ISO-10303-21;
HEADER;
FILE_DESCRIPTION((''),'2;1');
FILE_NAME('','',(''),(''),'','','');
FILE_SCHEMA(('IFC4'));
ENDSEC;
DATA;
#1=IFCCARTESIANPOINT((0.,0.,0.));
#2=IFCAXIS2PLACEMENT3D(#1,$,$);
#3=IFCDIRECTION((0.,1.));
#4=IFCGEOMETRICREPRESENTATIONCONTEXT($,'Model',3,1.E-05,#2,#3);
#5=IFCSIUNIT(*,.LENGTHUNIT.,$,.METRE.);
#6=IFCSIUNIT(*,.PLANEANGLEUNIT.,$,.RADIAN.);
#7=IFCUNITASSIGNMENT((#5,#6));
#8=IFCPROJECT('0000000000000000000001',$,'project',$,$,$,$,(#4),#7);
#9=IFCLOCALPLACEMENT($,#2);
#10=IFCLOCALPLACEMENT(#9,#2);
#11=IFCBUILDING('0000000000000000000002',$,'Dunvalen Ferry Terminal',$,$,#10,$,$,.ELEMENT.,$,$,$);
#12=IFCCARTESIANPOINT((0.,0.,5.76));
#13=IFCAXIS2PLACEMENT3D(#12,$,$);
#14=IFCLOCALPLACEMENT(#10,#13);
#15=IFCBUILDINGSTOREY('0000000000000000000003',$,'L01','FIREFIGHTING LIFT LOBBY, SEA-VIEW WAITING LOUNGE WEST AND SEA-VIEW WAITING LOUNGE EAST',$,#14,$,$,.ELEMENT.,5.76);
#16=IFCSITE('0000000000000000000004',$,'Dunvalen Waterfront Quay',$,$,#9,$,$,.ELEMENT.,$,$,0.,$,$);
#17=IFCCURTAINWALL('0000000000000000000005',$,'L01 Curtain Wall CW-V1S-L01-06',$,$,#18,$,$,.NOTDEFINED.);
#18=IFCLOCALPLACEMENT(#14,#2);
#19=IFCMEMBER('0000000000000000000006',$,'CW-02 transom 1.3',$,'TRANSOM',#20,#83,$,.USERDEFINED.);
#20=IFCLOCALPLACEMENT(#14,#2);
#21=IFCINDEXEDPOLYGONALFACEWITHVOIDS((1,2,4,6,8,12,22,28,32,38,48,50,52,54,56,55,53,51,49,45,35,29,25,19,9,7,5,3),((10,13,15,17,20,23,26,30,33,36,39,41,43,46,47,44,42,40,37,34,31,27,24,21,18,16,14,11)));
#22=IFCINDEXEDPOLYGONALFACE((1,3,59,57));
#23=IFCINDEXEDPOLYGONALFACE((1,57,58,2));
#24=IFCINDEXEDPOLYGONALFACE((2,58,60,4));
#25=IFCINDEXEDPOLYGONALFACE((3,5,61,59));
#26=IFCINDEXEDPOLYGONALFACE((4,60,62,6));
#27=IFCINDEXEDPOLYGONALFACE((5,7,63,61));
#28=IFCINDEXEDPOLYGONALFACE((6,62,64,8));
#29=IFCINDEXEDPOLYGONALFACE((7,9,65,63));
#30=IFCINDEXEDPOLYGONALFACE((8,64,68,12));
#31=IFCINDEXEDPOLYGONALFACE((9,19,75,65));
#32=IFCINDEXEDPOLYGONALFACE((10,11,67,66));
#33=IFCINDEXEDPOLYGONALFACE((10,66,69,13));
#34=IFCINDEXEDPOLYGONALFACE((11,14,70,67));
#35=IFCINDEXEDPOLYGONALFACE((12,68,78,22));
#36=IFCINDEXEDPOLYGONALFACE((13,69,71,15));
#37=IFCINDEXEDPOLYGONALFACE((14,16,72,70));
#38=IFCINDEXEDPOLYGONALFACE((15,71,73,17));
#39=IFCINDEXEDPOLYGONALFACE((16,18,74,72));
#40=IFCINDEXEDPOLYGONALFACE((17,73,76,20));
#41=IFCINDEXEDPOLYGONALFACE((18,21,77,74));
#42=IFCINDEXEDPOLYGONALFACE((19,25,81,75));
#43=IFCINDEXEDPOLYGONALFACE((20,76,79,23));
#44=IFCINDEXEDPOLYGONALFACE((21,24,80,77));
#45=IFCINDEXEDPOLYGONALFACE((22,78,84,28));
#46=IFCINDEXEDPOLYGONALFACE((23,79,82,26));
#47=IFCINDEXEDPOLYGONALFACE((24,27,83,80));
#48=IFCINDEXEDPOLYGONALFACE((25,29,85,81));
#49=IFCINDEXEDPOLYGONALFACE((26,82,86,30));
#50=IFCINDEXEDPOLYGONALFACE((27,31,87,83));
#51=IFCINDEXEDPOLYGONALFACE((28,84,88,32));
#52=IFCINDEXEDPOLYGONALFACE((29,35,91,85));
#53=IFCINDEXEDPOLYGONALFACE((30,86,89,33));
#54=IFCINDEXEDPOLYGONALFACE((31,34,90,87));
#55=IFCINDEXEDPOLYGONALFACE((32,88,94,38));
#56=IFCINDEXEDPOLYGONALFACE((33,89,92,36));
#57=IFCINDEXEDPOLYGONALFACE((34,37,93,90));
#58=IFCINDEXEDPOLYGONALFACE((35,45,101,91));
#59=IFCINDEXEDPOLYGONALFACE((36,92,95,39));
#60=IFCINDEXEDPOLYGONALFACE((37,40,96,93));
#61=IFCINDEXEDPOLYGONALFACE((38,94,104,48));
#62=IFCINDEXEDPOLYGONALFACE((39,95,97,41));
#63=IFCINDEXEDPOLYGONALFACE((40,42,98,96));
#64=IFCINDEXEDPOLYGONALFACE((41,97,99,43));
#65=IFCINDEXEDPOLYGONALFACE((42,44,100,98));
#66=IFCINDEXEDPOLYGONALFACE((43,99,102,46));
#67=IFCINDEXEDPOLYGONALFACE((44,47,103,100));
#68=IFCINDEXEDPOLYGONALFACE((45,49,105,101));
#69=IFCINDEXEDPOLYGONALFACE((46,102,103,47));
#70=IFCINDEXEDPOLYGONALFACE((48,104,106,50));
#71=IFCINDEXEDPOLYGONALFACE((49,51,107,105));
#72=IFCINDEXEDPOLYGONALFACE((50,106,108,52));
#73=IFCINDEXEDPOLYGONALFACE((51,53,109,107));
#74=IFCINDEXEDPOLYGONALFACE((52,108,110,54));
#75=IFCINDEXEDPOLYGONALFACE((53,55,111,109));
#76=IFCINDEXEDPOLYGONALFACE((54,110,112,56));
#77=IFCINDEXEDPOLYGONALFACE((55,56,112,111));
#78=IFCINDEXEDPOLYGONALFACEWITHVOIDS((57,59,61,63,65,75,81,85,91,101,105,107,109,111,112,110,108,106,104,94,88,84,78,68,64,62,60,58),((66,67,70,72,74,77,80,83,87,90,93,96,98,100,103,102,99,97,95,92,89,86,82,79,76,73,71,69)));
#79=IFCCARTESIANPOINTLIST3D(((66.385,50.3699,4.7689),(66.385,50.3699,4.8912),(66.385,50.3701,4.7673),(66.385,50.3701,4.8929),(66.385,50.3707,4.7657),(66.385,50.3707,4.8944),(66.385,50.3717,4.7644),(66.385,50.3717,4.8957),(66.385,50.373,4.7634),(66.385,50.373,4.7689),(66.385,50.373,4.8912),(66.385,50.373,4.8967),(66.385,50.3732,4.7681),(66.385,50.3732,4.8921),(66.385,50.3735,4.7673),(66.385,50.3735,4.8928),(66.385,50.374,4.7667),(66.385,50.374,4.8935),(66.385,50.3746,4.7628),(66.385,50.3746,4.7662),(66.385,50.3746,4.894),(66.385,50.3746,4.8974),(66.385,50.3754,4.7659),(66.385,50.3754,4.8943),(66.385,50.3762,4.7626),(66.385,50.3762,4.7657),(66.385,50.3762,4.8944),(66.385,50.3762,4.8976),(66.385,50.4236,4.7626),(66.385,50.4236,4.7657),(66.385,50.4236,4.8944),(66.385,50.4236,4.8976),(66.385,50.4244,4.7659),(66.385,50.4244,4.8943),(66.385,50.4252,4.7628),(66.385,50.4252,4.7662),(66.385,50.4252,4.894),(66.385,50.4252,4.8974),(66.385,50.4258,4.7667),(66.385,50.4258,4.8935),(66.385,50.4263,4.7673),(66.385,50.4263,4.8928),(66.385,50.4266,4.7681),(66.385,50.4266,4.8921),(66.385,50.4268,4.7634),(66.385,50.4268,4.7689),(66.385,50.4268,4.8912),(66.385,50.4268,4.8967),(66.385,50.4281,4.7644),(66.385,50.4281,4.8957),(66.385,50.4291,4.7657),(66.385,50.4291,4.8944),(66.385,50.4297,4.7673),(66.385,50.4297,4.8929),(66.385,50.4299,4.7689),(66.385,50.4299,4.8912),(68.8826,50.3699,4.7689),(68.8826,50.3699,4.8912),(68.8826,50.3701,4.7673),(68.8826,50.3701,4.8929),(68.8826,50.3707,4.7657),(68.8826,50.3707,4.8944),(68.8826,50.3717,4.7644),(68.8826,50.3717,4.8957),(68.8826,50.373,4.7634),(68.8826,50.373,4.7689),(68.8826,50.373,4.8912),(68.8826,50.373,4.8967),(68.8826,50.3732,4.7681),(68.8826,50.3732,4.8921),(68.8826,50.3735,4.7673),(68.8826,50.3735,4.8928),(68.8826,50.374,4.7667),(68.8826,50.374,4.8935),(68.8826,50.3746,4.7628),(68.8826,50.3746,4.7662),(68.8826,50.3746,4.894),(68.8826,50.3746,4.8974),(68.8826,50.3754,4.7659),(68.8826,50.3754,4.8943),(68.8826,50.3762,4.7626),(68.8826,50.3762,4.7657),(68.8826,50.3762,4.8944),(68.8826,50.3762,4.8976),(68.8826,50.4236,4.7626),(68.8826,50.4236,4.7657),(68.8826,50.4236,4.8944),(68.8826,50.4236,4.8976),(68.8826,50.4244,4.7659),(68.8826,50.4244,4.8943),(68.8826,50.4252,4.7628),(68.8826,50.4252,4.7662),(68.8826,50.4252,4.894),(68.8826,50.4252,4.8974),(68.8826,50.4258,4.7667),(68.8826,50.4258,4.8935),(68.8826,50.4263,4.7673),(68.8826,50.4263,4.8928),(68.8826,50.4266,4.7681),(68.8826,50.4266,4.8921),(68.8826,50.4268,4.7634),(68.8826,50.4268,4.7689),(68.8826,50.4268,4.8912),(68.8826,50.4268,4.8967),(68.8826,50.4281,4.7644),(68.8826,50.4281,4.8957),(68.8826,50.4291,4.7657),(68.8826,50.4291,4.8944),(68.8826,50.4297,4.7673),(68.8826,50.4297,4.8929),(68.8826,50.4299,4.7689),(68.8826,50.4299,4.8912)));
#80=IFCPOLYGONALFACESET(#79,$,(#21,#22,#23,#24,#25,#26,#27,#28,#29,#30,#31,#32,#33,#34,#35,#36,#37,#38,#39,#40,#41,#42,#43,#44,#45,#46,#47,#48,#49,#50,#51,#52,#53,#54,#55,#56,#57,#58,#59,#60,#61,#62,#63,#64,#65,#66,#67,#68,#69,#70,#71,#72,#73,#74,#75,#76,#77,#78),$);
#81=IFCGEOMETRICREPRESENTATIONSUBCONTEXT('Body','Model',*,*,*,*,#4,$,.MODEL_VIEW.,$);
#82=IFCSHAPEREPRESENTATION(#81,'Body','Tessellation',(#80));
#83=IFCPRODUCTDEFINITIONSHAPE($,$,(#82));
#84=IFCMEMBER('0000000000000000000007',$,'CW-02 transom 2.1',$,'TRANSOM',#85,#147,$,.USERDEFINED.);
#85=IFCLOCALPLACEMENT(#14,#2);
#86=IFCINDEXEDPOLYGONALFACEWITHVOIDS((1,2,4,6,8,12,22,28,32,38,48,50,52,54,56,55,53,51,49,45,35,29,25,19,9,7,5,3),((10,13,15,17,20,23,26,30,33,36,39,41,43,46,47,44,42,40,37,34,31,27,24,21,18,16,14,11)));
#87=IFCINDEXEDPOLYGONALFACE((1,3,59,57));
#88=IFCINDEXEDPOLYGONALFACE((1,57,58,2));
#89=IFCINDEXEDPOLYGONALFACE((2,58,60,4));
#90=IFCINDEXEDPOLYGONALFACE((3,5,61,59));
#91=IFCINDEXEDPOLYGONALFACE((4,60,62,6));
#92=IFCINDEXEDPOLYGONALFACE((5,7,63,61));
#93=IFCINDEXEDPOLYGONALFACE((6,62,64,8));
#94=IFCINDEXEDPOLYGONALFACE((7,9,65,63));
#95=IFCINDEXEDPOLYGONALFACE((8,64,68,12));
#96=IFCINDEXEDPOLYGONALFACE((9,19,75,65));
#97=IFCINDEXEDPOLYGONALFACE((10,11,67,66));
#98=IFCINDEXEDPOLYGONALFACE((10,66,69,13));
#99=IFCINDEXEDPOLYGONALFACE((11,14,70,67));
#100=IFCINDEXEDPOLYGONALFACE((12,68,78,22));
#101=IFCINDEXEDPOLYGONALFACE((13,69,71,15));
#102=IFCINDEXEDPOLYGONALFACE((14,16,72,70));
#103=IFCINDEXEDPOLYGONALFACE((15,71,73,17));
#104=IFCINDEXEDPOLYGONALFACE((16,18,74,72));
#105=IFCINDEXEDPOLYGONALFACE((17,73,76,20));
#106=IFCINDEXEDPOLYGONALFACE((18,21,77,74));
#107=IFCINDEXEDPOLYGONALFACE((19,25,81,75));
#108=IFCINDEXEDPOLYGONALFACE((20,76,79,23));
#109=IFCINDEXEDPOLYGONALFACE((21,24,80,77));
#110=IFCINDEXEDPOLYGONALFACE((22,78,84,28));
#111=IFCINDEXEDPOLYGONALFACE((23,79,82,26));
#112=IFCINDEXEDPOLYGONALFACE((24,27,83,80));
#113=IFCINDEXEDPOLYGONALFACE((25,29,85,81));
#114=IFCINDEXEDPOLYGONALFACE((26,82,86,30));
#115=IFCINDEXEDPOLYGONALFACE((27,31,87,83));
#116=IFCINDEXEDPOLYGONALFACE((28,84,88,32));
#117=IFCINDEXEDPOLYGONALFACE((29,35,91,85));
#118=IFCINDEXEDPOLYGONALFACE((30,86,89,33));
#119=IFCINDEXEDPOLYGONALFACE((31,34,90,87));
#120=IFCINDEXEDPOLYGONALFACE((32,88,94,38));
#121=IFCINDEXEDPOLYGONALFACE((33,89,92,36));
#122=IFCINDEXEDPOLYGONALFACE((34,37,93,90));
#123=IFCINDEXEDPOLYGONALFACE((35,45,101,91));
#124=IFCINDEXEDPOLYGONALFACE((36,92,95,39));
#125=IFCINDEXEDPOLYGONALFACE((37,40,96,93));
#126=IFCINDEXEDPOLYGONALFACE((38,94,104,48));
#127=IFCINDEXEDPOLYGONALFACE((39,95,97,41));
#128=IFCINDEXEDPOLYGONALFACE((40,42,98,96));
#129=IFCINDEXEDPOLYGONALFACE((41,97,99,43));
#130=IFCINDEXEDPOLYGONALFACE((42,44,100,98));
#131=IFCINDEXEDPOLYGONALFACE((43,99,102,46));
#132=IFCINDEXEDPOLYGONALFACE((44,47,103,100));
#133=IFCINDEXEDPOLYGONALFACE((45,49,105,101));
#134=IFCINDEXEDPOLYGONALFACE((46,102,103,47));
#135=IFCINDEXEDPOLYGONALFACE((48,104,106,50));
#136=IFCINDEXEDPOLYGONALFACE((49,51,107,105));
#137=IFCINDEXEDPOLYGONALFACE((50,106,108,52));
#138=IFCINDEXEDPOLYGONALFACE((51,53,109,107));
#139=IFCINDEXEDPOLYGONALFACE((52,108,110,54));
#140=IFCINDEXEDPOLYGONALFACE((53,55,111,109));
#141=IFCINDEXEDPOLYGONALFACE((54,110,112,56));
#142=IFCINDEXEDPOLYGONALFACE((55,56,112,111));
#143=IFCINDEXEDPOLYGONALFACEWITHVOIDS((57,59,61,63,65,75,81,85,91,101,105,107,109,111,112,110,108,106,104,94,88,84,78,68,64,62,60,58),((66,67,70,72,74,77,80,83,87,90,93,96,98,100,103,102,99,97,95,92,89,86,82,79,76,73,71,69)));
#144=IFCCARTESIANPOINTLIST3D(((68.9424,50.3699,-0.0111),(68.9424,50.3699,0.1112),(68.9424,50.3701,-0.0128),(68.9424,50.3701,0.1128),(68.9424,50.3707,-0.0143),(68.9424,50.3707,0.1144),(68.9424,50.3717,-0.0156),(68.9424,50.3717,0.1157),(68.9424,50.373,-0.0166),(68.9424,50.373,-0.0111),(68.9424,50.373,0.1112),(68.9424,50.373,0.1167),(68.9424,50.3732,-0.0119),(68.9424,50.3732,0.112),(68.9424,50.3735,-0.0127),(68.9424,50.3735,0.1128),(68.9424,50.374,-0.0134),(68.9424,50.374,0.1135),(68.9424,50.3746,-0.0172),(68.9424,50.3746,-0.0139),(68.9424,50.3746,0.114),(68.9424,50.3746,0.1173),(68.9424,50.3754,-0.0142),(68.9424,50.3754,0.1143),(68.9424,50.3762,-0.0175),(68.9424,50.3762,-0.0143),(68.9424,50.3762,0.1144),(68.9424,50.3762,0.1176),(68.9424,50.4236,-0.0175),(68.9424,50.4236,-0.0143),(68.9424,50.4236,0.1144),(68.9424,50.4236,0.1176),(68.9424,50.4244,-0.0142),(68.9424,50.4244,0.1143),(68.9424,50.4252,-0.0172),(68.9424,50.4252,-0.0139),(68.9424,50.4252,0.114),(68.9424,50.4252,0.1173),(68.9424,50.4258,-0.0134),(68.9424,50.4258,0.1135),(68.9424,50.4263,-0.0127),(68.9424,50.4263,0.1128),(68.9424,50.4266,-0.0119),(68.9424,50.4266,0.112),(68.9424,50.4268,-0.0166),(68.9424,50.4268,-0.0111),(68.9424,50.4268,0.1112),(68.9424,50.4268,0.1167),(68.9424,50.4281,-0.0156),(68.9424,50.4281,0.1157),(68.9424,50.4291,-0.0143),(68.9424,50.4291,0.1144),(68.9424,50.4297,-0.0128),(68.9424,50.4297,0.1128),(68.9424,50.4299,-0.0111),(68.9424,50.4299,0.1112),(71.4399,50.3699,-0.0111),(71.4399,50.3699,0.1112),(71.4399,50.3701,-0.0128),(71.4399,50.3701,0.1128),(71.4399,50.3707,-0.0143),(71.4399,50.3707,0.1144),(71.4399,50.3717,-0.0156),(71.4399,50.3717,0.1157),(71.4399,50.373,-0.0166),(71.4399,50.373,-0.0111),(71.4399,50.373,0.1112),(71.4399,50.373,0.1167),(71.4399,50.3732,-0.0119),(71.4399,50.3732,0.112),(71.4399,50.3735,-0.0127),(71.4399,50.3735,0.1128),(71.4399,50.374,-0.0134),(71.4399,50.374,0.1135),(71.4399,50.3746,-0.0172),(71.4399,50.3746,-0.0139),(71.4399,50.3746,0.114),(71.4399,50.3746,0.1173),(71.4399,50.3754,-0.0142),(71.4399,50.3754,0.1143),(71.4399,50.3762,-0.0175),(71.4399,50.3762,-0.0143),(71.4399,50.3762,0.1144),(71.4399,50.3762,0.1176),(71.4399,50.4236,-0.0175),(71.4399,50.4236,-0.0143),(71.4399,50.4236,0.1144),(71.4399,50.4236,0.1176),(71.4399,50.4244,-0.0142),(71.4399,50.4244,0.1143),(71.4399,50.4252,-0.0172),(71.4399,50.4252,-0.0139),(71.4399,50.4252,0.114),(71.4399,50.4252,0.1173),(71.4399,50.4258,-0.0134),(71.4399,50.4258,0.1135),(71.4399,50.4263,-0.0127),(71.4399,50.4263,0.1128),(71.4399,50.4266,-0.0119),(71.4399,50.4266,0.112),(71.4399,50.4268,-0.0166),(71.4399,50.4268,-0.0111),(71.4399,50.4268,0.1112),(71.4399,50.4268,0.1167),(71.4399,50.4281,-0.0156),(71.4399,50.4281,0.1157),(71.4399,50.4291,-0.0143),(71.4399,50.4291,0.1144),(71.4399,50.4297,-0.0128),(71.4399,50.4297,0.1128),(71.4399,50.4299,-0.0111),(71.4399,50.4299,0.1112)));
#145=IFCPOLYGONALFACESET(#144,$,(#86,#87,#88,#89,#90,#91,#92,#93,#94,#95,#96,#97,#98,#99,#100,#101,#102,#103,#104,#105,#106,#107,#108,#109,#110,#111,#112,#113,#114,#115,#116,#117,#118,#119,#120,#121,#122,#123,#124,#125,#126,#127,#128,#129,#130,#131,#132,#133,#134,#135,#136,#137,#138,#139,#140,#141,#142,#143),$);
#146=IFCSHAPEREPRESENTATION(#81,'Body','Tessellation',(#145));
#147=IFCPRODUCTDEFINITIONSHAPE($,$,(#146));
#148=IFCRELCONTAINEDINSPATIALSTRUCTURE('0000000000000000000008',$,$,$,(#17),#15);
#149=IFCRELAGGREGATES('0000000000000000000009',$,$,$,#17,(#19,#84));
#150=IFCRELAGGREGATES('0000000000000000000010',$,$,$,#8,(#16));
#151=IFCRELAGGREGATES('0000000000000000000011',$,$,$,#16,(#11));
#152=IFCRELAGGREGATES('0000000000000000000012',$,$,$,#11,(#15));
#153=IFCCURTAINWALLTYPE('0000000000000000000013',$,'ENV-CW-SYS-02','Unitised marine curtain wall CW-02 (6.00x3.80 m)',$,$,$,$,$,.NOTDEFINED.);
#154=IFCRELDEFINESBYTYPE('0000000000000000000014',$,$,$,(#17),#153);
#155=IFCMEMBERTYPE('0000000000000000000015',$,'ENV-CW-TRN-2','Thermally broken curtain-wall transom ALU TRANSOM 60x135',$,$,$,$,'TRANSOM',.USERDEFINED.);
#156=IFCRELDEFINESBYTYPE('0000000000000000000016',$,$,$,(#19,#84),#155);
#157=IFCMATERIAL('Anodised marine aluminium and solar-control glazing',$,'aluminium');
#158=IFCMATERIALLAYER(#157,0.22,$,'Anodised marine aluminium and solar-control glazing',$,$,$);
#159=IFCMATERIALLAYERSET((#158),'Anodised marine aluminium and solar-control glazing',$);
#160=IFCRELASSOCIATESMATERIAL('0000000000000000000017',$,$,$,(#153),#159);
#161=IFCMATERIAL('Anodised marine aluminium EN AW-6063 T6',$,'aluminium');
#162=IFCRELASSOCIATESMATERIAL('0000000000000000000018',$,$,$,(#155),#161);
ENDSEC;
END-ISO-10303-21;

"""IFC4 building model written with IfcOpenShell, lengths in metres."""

from ifc_helpers import new_model, si_unit, direction, frame, origin, origin_2d, place, context, subcontext, project, spatial, hollow_rectangle, extrude, material, layer, layer_set, material_profile, profile_set, type_object, element, aggregate, save


model = new_model("IFC4")

# Units and contexts
model_context = context("Model", 3, precision=1e-05, world=origin(), true_north=direction((0.0, 1.0)))
body_context = subcontext(model_context, "Body", "Model", "MODEL_VIEW")
ifc_project = project(units=[si_unit("LENGTHUNIT", "METRE"), si_unit("PLANEANGLEUNIT", "RADIAN")], contexts=[model_context])

# Site, building, storey
site_placement = place(None, origin())
site = spatial("IfcSite", under=ifc_project, at=site_placement, Name="Dunvalen Waterfront Quay", CompositionType="ELEMENT", RefElevation=0.0)
building_placement = place(site_placement, origin())
building = spatial("IfcBuilding", under=site, at=building_placement, Name="Dunvalen Ferry Terminal", CompositionType="ELEMENT")
storey_placement = place(building_placement, frame((0.0, 0.0, 5.76)))
storey = spatial("IfcBuildingStorey", under=building, at=storey_placement, Name="L01", Description="FIREFIGHTING LIFT LOBBY, SEA-VIEW WAITING LOUNGE WEST AND SEA-VIEW WAITING LOUNGE EAST", CompositionType="ELEMENT", Elevation=5.76)

# Shared definitions
ifc_material_1 = material(Name="Anodised marine aluminium and solar-control glazing", Category="aluminium")
ifc_layer_1 = layer(ifc_material_1, 0.22, Name="Anodised marine aluminium and solar-control glazing")
ifc_layer_set_1 = layer_set([ifc_layer_1], Name="Anodised marine aluminium and solar-control glazing")
curtain_wall_type = type_object("IfcCurtainWallType", Name="ENV-CW-SYS-02", Description="Unitised marine curtain wall CW-02 (6.00x3.80 m)", PredefinedType="NOTDEFINED", material=ifc_layer_set_1)
ifc_material_2 = material(Name="Anodised marine aluminium EN AW-6063 T6", Category="aluminium")

# Curtain wall
curtain_wall_1_placement = place(storey_placement, origin())
curtain_wall_1 = element("IfcCurtainWall", 1, at=curtain_wall_1_placement, inside=storey, type_object=curtain_wall_type, Name="L01 Curtain Wall CW-V1S-L01-06", PredefinedType="NOTDEFINED")

# Members
ifc_material_profile_1 = material_profile(ifc_material_2, hollow_rectangle(XDim=0.0601, YDim=0.135, WallThickness=0.0032, InnerFilletRadius=0.0032, OuterFilletRadius=0.0063, at=origin_2d()), Name="Anodised marine aluminium EN AW-6063 T6")
ifc_profile_set_1 = profile_set([ifc_material_profile_1], Name="Anodised marine aluminium EN AW-6063 T6")
member_type_1 = type_object("IfcMemberType", Name="ENV-CW-TRN-2", Description="Thermally broken curtain-wall transom ALU TRANSOM 60x135", ElementType="TRANSOM", PredefinedType="USERDEFINED", material=ifc_profile_set_1)
member_1_placement = place(storey_placement, frame((66.385, 50.3999, 4.8301), z_axis=(1.0, 0.0, 0.0), x_axis=(0.0, 1.0, 0.0)))
member_1 = element("IfcMember", 2, at=member_1_placement, type_object=member_type_1, Name="CW-02 transom 1.3", ObjectType="TRANSOM", PredefinedType="USERDEFINED", context=body_context, shape_type="SweptSolid", body=[
    extrude(hollow_rectangle(XDim=0.0601, YDim=0.135, WallThickness=0.0032, InnerFilletRadius=0.0032, OuterFilletRadius=0.0063, at=origin_2d()), origin(), (0.0, 0.0, 1.0), 2.4976),
])
member_2_placement = place(storey_placement, frame((68.9424, 50.3999, 0.05), z_axis=(1.0, 0.0, 0.0), x_axis=(0.0, 1.0, 0.0)))
member_2 = element("IfcMember", 3, at=member_2_placement, type_object=member_type_1, Name="CW-02 transom 2.1", ObjectType="TRANSOM", PredefinedType="USERDEFINED", context=body_context, shape_type="SweptSolid", body=[
    extrude(hollow_rectangle(XDim=0.0601, YDim=0.135, WallThickness=0.0032, InnerFilletRadius=0.0032, OuterFilletRadius=0.0063, at=origin_2d()), origin(), (0.0, 0.0, 1.0), 2.4976),
])

aggregate(curtain_wall_1, [member_1, member_2])

save(model, "model.ifc")
